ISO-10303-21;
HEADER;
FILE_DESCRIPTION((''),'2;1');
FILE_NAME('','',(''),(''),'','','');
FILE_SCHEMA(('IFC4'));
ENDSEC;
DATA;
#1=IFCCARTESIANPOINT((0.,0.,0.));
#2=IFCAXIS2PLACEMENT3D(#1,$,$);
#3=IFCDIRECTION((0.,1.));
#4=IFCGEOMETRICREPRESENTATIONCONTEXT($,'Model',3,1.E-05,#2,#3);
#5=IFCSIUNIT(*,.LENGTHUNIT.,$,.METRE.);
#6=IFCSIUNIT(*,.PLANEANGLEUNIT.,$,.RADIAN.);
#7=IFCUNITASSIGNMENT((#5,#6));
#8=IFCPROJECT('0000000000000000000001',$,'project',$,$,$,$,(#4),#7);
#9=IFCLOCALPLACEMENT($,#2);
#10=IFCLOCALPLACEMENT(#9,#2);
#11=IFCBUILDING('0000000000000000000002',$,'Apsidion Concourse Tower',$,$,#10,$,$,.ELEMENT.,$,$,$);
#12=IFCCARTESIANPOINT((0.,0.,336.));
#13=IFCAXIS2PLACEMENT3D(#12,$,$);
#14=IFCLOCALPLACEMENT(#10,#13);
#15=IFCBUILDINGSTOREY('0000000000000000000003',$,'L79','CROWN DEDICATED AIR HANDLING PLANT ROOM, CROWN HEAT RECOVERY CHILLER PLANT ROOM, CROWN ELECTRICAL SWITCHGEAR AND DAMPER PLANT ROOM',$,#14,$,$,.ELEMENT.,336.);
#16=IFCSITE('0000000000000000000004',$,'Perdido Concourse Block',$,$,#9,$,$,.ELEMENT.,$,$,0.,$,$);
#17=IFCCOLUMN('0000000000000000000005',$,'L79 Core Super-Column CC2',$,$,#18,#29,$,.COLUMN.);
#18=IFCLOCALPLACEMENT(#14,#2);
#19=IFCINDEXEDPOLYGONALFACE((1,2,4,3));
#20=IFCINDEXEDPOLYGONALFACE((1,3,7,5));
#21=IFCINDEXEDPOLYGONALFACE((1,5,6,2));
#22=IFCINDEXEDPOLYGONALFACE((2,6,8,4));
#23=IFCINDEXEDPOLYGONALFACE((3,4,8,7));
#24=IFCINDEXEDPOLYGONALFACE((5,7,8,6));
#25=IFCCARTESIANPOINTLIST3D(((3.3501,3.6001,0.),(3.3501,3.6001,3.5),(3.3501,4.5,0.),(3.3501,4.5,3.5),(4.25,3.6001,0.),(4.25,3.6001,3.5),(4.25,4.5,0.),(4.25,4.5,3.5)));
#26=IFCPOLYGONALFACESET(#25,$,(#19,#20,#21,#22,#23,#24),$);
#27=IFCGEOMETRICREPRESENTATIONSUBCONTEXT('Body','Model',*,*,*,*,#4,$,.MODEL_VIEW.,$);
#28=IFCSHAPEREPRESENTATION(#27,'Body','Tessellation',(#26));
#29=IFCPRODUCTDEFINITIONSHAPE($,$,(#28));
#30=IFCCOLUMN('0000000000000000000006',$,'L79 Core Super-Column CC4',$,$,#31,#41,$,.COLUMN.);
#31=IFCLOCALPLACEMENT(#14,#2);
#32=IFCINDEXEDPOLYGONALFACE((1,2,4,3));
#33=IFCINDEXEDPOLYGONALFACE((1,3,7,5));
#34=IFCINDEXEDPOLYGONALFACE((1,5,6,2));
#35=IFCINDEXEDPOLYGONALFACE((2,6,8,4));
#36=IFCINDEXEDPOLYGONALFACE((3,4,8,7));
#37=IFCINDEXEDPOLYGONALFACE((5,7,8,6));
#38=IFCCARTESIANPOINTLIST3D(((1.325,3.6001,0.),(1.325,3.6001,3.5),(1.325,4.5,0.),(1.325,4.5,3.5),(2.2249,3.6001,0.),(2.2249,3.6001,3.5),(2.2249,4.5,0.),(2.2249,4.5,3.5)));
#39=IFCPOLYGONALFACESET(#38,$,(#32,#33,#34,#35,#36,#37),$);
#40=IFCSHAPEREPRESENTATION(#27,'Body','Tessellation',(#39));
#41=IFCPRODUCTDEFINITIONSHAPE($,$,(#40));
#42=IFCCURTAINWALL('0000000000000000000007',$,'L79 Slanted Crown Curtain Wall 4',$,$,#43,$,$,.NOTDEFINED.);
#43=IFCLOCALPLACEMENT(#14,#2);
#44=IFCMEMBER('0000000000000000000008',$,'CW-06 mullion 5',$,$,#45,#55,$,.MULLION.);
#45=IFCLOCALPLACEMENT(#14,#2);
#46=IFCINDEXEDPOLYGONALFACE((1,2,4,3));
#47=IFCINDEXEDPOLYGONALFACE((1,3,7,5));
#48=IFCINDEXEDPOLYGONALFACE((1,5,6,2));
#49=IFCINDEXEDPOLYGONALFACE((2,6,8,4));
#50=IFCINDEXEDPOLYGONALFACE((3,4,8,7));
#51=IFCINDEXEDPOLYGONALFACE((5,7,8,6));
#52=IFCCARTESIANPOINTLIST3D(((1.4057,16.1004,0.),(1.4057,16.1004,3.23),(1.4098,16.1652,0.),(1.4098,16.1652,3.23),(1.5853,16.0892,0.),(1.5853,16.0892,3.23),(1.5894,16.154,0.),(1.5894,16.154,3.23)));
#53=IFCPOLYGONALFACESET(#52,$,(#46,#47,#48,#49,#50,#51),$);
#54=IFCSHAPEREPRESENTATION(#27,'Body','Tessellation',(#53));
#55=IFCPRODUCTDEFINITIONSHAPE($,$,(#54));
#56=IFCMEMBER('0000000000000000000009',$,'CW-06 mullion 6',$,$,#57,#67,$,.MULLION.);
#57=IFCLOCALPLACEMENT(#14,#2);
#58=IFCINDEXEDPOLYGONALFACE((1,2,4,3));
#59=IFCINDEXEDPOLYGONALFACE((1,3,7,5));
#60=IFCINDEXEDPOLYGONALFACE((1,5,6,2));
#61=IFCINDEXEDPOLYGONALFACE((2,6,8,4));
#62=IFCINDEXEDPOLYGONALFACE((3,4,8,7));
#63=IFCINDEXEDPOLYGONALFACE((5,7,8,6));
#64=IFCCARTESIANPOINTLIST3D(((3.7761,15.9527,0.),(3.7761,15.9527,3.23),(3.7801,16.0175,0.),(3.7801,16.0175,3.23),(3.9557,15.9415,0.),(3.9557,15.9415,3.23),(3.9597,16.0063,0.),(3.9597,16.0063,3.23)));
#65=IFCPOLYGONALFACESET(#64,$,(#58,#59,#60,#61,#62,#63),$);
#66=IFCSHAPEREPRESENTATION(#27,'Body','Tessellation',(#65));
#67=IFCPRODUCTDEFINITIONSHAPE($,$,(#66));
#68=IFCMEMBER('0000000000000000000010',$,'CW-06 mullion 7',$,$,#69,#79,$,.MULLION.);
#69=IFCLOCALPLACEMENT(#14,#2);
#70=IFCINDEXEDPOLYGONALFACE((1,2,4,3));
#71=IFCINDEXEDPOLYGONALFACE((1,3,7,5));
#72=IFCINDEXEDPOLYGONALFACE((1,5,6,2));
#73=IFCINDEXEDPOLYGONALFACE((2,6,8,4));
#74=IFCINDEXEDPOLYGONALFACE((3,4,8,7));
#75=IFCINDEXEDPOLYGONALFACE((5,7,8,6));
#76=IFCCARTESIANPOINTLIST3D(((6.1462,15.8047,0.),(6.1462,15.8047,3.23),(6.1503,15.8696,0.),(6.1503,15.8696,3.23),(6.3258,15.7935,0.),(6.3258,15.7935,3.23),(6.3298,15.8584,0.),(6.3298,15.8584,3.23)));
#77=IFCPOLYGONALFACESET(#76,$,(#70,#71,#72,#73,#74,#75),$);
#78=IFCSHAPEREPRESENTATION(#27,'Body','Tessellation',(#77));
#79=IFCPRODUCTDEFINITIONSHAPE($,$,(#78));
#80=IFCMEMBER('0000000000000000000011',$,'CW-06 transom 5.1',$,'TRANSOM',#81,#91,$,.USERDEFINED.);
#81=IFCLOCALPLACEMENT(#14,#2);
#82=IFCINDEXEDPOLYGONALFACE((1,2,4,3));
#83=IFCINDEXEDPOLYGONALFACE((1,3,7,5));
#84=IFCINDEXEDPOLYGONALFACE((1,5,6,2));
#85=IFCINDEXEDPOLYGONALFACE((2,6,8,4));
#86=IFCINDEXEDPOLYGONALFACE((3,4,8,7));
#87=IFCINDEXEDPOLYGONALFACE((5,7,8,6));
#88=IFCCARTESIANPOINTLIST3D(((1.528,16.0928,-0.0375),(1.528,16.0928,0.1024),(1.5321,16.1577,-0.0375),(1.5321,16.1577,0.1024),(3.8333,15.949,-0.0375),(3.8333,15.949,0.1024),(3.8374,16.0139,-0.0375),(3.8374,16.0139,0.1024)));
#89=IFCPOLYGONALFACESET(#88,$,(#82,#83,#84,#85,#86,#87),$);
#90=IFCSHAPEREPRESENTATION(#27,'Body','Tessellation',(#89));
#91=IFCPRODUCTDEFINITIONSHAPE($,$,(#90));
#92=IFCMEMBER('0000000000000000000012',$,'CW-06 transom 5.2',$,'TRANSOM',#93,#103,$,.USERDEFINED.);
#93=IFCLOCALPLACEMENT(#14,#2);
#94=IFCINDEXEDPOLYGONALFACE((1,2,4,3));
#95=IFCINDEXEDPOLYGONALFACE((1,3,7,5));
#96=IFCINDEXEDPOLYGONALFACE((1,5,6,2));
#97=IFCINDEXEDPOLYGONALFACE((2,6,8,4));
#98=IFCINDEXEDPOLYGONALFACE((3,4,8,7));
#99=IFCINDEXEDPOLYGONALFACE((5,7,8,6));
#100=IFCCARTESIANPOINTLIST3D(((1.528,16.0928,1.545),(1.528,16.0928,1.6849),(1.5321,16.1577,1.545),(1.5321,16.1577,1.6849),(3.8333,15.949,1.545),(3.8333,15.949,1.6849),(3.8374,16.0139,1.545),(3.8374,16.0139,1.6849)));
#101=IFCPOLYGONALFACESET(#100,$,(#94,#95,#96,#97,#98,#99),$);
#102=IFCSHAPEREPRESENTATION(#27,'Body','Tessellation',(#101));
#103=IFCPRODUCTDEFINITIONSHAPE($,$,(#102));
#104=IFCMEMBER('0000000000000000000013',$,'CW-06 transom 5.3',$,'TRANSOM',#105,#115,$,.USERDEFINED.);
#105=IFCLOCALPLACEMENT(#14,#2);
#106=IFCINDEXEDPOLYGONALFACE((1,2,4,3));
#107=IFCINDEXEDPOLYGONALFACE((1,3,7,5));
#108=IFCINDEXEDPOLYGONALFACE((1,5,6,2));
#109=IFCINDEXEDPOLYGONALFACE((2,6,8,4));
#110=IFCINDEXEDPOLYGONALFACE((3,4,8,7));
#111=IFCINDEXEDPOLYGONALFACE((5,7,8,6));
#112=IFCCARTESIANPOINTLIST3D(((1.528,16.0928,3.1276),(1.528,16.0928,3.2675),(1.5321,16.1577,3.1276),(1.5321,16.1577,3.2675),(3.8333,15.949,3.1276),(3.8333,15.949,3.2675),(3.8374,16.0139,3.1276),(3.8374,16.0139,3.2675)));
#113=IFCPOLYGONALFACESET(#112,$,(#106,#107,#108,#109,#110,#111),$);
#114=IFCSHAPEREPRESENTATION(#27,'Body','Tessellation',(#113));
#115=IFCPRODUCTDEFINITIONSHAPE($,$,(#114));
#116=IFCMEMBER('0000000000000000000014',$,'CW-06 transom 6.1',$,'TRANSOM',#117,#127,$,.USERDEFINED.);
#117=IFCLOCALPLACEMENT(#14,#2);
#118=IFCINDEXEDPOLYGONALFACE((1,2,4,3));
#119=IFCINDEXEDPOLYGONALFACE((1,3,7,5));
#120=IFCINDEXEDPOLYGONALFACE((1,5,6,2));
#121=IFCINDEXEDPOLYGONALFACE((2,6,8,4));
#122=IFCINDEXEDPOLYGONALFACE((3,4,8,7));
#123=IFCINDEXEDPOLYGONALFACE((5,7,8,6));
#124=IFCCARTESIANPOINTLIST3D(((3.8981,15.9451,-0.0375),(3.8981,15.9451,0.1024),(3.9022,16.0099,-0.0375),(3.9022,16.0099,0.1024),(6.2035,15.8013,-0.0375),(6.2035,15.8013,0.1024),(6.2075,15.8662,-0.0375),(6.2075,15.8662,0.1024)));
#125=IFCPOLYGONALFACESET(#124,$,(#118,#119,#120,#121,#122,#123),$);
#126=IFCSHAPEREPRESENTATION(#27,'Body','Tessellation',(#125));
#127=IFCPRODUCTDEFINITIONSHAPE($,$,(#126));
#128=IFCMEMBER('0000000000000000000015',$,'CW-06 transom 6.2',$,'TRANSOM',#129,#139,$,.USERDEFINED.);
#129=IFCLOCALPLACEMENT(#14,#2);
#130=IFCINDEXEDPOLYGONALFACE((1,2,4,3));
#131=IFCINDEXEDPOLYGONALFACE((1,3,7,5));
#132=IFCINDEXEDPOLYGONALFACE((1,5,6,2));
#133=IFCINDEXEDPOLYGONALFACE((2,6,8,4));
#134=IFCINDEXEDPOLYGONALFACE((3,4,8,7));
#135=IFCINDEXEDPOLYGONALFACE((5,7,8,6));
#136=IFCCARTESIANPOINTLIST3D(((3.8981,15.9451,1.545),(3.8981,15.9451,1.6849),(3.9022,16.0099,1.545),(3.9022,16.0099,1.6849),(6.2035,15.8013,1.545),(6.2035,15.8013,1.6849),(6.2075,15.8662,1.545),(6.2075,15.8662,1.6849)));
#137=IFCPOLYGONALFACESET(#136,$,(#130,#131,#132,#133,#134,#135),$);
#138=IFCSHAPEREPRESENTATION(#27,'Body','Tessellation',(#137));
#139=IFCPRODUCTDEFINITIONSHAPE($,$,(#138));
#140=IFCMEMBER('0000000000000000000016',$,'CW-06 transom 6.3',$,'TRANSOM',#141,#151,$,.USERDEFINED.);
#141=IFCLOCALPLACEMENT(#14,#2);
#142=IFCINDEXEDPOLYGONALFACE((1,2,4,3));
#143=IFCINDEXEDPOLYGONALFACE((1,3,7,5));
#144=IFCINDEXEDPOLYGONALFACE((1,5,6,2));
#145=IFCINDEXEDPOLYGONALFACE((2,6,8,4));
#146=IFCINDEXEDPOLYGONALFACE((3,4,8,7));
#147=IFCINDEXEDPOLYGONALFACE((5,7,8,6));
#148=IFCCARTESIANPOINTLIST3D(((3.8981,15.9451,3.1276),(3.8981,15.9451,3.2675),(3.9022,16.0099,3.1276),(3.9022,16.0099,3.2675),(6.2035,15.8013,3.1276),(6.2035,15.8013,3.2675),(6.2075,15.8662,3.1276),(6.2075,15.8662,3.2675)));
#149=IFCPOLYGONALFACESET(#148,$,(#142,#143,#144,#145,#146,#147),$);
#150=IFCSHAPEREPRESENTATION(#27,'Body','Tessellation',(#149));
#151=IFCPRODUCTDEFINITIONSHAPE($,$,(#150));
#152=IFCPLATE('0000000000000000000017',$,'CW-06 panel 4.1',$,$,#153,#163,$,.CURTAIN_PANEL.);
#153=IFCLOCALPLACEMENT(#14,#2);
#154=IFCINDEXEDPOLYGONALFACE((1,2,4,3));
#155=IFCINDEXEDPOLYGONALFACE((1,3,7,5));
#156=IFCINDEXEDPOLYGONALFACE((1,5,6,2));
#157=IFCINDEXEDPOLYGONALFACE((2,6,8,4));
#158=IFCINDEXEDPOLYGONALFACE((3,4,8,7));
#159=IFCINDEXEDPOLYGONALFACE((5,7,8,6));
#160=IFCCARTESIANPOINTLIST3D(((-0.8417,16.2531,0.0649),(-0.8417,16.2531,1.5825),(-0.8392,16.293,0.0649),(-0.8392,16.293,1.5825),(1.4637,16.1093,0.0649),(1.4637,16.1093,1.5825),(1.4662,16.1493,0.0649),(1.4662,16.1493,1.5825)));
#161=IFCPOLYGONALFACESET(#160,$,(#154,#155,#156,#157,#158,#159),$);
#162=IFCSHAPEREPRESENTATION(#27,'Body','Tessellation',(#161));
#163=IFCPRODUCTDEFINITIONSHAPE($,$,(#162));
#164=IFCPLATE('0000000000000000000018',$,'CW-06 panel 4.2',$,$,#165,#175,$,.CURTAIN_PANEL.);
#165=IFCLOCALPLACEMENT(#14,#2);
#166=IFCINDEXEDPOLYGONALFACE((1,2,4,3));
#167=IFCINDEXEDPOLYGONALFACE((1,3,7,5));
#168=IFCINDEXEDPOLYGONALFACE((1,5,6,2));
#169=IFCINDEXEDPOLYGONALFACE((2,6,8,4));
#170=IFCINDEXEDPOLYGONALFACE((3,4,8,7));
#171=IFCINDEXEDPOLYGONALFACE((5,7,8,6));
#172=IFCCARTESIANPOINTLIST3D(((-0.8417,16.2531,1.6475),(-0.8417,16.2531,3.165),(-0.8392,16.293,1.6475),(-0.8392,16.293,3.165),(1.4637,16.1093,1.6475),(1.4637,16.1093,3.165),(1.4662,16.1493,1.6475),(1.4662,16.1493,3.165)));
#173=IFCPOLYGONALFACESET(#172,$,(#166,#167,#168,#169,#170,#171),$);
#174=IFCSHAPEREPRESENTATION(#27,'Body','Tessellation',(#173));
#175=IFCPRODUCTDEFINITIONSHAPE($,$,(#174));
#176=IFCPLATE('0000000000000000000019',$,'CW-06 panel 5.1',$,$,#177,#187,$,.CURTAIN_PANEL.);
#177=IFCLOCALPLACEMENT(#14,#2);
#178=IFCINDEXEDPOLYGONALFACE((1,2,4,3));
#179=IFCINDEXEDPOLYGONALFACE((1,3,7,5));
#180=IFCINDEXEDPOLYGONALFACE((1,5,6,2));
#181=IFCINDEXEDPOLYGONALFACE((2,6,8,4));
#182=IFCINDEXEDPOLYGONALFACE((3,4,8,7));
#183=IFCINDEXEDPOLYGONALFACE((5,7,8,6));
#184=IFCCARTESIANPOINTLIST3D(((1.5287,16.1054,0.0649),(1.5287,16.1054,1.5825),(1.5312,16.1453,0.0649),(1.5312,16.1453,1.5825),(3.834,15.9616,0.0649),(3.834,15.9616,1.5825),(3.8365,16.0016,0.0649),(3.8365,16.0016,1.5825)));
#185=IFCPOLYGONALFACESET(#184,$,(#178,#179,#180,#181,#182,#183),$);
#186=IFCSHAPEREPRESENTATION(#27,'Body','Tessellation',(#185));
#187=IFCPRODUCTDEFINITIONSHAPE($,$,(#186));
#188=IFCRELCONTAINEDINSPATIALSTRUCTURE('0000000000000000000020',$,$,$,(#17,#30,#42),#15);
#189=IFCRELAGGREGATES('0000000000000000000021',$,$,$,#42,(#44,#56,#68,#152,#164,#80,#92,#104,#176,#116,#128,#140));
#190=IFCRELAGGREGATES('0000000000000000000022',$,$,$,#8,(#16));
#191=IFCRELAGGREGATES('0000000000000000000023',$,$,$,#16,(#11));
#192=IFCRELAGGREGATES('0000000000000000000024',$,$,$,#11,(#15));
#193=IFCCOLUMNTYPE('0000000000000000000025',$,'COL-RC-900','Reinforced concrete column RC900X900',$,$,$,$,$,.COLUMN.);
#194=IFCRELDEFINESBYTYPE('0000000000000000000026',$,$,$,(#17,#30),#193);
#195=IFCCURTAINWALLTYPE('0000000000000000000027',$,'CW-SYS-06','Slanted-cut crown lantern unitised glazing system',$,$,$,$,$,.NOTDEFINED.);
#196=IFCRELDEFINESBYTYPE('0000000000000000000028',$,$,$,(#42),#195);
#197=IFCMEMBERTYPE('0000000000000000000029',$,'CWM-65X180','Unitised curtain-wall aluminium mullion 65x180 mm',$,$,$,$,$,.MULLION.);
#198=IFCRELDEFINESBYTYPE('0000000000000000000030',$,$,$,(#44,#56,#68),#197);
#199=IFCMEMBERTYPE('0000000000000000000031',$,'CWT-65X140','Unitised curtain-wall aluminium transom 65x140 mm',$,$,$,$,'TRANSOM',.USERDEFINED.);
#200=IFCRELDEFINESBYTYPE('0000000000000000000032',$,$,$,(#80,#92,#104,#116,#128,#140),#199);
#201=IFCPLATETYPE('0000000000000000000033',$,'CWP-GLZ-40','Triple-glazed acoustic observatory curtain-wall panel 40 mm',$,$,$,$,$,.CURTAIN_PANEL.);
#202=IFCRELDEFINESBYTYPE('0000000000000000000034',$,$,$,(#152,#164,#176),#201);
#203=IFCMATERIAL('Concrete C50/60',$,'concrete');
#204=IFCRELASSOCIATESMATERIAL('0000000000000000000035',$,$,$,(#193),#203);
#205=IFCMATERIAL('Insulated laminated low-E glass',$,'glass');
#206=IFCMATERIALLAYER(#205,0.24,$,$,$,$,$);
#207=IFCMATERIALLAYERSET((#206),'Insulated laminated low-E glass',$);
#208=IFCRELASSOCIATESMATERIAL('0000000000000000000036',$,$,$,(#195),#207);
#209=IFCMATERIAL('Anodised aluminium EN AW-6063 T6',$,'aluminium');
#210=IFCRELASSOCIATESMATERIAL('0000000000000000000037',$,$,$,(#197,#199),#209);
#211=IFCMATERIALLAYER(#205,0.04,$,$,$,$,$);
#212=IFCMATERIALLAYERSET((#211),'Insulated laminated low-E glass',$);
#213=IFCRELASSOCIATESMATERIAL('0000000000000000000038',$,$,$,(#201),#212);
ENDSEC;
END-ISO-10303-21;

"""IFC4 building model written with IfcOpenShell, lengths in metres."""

from ifc_helpers import new_model, si_unit, direction, frame, origin, origin_2d, place, context, subcontext, project, spatial, rectangle, extrude, material, layer, layer_set, material_profile, profile_set, type_object, element, aggregate, save


model = new_model("IFC4")

# Units and contexts
model_context = context("Model", 3, precision=1e-05, world=origin(), true_north=direction((0.0, 1.0)))
body_context = subcontext(model_context, "Body", "Model", "MODEL_VIEW")
ifc_project = project(units=[si_unit("LENGTHUNIT", "METRE"), si_unit("PLANEANGLEUNIT", "RADIAN")], contexts=[model_context])

# Site, building, storey
site_placement = place(None, origin())
site = spatial("IfcSite", under=ifc_project, at=site_placement, Name="Perdido Concourse Block", CompositionType="ELEMENT", RefElevation=0.0)
building_placement = place(site_placement, origin())
building = spatial("IfcBuilding", under=site, at=building_placement, Name="Apsidion Concourse Tower", CompositionType="ELEMENT")
storey_placement = place(building_placement, frame((0.0, 0.0, 336.0)))
storey = spatial("IfcBuildingStorey", under=building, at=storey_placement, Name="L79", Description="CROWN DEDICATED AIR HANDLING PLANT ROOM, CROWN HEAT RECOVERY CHILLER PLANT ROOM, CROWN ELECTRICAL SWITCHGEAR AND DAMPER PLANT ROOM", CompositionType="ELEMENT", Elevation=336.0)

# Columns
ifc_material_1 = material(Name="Concrete C50/60", Category="concrete")
ifc_material_profile_1 = material_profile(ifc_material_1, rectangle(XDim=0.8999, YDim=0.8999, at=origin_2d()), Name="RC 900x900")
ifc_profile_set_1 = profile_set([ifc_material_profile_1], Name="Concrete C50/60")
column_type = type_object("IfcColumnType", Name="COL-RC-900", Description="Reinforced concrete column RC900X900", PredefinedType="COLUMN", material=ifc_profile_set_1)
for number, where, z_axis, x_axis, name in (
    (1, (3.8, 4.05, 0.0), (0.0, 0.0, 1.0), (1.0, 0.0, 0.0), "L79 Core Super-Column CC2"),
    (2, (1.7749, 4.05, 0.0), (0.0, 0.0, 1.0), (1.0, 0.0, 0.0), "L79 Core Super-Column CC4"),
):
    element("IfcColumn", number, at=place(storey_placement, frame(where, z_axis=z_axis, x_axis=x_axis)), inside=storey, type_object=column_type, Name=name, PredefinedType="COLUMN", context=body_context, shape_type="SweptSolid", body=[
        extrude(rectangle(XDim=0.8999, YDim=0.8999, at=origin_2d()), origin(), (0.0, 0.0, 1.0), 3.5),
    ])

# Curtain wall, members, plates
ifc_material_2 = material(Name="Insulated laminated low-E glass", Category="glass")
ifc_layer_1 = layer(ifc_material_2, 0.24)
ifc_layer_set_1 = layer_set([ifc_layer_1], Name="Insulated laminated low-E glass")
curtain_wall_type = type_object("IfcCurtainWallType", Name="CW-SYS-06", Description="Slanted-cut crown lantern unitised glazing system", PredefinedType="NOTDEFINED", material=ifc_layer_set_1)
curtain_wall_placement = place(storey_placement, origin())
curtain_wall = element("IfcCurtainWall", 3, at=curtain_wall_placement, inside=storey, type_object=curtain_wall_type, Name="L79 Slanted Crown Curtain Wall 4", PredefinedType="NOTDEFINED")
ifc_material_3 = material(Name="Anodised aluminium EN AW-6063 T6", Category="aluminium")
ifc_material_profile_2 = material_profile(ifc_material_3, rectangle(XDim=0.0649, YDim=0.1799, at=origin_2d()), Name="ALU MULLION 65x180")
ifc_profile_set_2 = profile_set([ifc_material_profile_2], Name="Anodised aluminium EN AW-6063 T6")
member_type_1 = type_object("IfcMemberType", Name="CWM-65X180", Description="Unitised curtain-wall aluminium mullion 65x180 mm", PredefinedType="MULLION", material=ifc_profile_set_2)
member_1_placement = place(storey_placement, frame((1.4976, 16.1272, 0.0), z_axis=(0.0, 0.0, 1.0), x_axis=(0.062245, 0.998061, 0.0)))
member_1 = element("IfcMember", 4, at=member_1_placement, type_object=member_type_1, Name="CW-06 mullion 5", PredefinedType="MULLION", context=body_context, shape_type="SweptSolid", body=[
    extrude(rectangle(XDim=0.0649, YDim=0.1799, at=origin_2d()), origin(), (0.0, 0.0, 1.0), 3.23),
])
member_2_placement = place(storey_placement, frame((3.8679, 15.9795, 0.0), z_axis=(0.0, 0.0, 1.0), x_axis=(0.062245, 0.998061, 0.0)))
member_2 = element("IfcMember", 5, at=member_2_placement, type_object=member_type_1, Name="CW-06 mullion 6", PredefinedType="MULLION", context=body_context, shape_type="SweptSolid", body=[
    extrude(rectangle(XDim=0.0649, YDim=0.1799, at=origin_2d()), origin(), (0.0, 0.0, 1.0), 3.23),
])
member_3_placement = place(storey_placement, frame((6.238, 15.8315, 0.0), z_axis=(0.0, 0.0, 1.0), x_axis=(0.062245, 0.998061, 0.0)))
member_3 = element("IfcMember", 6, at=member_3_placement, type_object=member_type_1, Name="CW-06 mullion 7", PredefinedType="MULLION", context=body_context, shape_type="SweptSolid", body=[
    extrude(rectangle(XDim=0.0649, YDim=0.1799, at=origin_2d()), origin(), (0.0, 0.0, 1.0), 3.23),
])
ifc_material_profile_3 = material_profile(ifc_material_3, rectangle(XDim=0.0649, YDim=0.1399, at=origin_2d()), Name="ALU TRANSOM 65x140")
ifc_profile_set_3 = profile_set([ifc_material_profile_3], Name="Anodised aluminium EN AW-6063 T6")
member_type_2 = type_object("IfcMemberType", Name="CWT-65X140", Description="Unitised curtain-wall aluminium transom 65x140 mm", ElementType="TRANSOM", PredefinedType="USERDEFINED", material=ifc_profile_set_3)
member_4_placement = place(storey_placement, frame((1.53, 16.1252, 0.0325), z_axis=(0.99806, -0.062253, 0.0), x_axis=(0.062253, 0.99806, 0.0)))
member_4 = element("IfcMember", 7, at=member_4_placement, type_object=member_type_2, Name="CW-06 transom 5.1", ObjectType="TRANSOM", PredefinedType="USERDEFINED", context=body_context, shape_type="SweptSolid", body=[
    extrude(rectangle(XDim=0.0649, YDim=0.1399, at=origin_2d()), origin(), (0.0, 0.0, 1.0), 2.3098),
])
member_5_placement = place(storey_placement, frame((1.53, 16.1252, 1.615), z_axis=(0.99806, -0.062253, 0.0), x_axis=(0.062253, 0.99806, 0.0)))
member_5 = element("IfcMember", 8, at=member_5_placement, type_object=member_type_2, Name="CW-06 transom 5.2", ObjectType="TRANSOM", PredefinedType="USERDEFINED", context=body_context, shape_type="SweptSolid", body=[
    extrude(rectangle(XDim=0.0649, YDim=0.1399, at=origin_2d()), origin(), (0.0, 0.0, 1.0), 2.3098),
])
member_6_placement = place(storey_placement, frame((1.53, 16.1252, 3.1975), z_axis=(0.99806, -0.062253, 0.0), x_axis=(0.062253, 0.99806, 0.0)))
member_6 = element("IfcMember", 9, at=member_6_placement, type_object=member_type_2, Name="CW-06 transom 5.3", ObjectType="TRANSOM", PredefinedType="USERDEFINED", context=body_context, shape_type="SweptSolid", body=[
    extrude(rectangle(XDim=0.0649, YDim=0.1399, at=origin_2d()), origin(), (0.0, 0.0, 1.0), 2.3098),
])
member_7_placement = place(storey_placement, frame((3.9001, 15.9775, 0.0325), z_axis=(0.99806, -0.062253, 0.0), x_axis=(0.062253, 0.99806, 0.0)))
member_7 = element("IfcMember", 10, at=member_7_placement, type_object=member_type_2, Name="CW-06 transom 6.1", ObjectType="TRANSOM", PredefinedType="USERDEFINED", context=body_context, shape_type="SweptSolid", body=[
    extrude(rectangle(XDim=0.0649, YDim=0.1399, at=origin_2d()), origin(), (0.0, 0.0, 1.0), 2.3098),
])
member_8_placement = place(storey_placement, frame((3.9001, 15.9775, 1.615), z_axis=(0.99806, -0.062253, 0.0), x_axis=(0.062253, 0.99806, 0.0)))
member_8 = element("IfcMember", 11, at=member_8_placement, type_object=member_type_2, Name="CW-06 transom 6.2", ObjectType="TRANSOM", PredefinedType="USERDEFINED", context=body_context, shape_type="SweptSolid", body=[
    extrude(rectangle(XDim=0.0649, YDim=0.1399, at=origin_2d()), origin(), (0.0, 0.0, 1.0), 2.3098),
])
member_9_placement = place(storey_placement, frame((3.9001, 15.9775, 3.1975), z_axis=(0.99806, -0.062253, 0.0), x_axis=(0.062253, 0.99806, 0.0)))
member_9 = element("IfcMember", 12, at=member_9_placement, type_object=member_type_2, Name="CW-06 transom 6.3", ObjectType="TRANSOM", PredefinedType="USERDEFINED", context=body_context, shape_type="SweptSolid", body=[
    extrude(rectangle(XDim=0.0649, YDim=0.1399, at=origin_2d()), origin(), (0.0, 0.0, 1.0), 2.3098),
])
ifc_layer_2 = layer(ifc_material_2, 0.04)
ifc_layer_set_2 = layer_set([ifc_layer_2], Name="Insulated laminated low-E glass")
plate_type = type_object("IfcPlateType", Name="CWP-GLZ-40", Description="Triple-glazed acoustic observatory curtain-wall panel 40 mm", PredefinedType="CURTAIN_PANEL", material=ifc_layer_set_2)
plate_1_placement = place(storey_placement, frame((0.3123, 16.2012, 0.0649), z_axis=(0.0, 0.0, 1.0), x_axis=(0.998061, -0.062245, 0.0)))
plate_1 = element("IfcPlate", 13, at=plate_1_placement, type_object=plate_type, Name="CW-06 panel 4.1", PredefinedType="CURTAIN_PANEL", context=body_context, shape_type="SweptSolid", body=[
    extrude(rectangle(XDim=2.3098, YDim=0.04, at=origin_2d()), origin(), (0.0, 0.0, 1.0), 1.5176),
])
plate_2_placement = place(storey_placement, frame((0.3123, 16.2012, 1.6475), z_axis=(0.0, 0.0, 1.0), x_axis=(0.998061, -0.062245, 0.0)))
plate_2 = element("IfcPlate", 14, at=plate_2_placement, type_object=plate_type, Name="CW-06 panel 4.2", PredefinedType="CURTAIN_PANEL", context=body_context, shape_type="SweptSolid", body=[
    extrude(rectangle(XDim=2.3098, YDim=0.04, at=origin_2d()), origin(), (0.0, 0.0, 1.0), 1.5176),
])
plate_3_placement = place(storey_placement, frame((2.6826, 16.0535, 0.0649), z_axis=(0.0, 0.0, 1.0), x_axis=(0.998061, -0.062245, 0.0)))
plate_3 = element("IfcPlate", 15, at=plate_3_placement, type_object=plate_type, Name="CW-06 panel 5.1", PredefinedType="CURTAIN_PANEL", context=body_context, shape_type="SweptSolid", body=[
    extrude(rectangle(XDim=2.3098, YDim=0.04, at=origin_2d()), origin(), (0.0, 0.0, 1.0), 1.5176),
])
aggregate(curtain_wall, [member_1, member_2, member_3, plate_1, plate_2, member_4, member_5, member_6, plate_3, member_7, member_8, member_9])

save(model, "model.ifc")
